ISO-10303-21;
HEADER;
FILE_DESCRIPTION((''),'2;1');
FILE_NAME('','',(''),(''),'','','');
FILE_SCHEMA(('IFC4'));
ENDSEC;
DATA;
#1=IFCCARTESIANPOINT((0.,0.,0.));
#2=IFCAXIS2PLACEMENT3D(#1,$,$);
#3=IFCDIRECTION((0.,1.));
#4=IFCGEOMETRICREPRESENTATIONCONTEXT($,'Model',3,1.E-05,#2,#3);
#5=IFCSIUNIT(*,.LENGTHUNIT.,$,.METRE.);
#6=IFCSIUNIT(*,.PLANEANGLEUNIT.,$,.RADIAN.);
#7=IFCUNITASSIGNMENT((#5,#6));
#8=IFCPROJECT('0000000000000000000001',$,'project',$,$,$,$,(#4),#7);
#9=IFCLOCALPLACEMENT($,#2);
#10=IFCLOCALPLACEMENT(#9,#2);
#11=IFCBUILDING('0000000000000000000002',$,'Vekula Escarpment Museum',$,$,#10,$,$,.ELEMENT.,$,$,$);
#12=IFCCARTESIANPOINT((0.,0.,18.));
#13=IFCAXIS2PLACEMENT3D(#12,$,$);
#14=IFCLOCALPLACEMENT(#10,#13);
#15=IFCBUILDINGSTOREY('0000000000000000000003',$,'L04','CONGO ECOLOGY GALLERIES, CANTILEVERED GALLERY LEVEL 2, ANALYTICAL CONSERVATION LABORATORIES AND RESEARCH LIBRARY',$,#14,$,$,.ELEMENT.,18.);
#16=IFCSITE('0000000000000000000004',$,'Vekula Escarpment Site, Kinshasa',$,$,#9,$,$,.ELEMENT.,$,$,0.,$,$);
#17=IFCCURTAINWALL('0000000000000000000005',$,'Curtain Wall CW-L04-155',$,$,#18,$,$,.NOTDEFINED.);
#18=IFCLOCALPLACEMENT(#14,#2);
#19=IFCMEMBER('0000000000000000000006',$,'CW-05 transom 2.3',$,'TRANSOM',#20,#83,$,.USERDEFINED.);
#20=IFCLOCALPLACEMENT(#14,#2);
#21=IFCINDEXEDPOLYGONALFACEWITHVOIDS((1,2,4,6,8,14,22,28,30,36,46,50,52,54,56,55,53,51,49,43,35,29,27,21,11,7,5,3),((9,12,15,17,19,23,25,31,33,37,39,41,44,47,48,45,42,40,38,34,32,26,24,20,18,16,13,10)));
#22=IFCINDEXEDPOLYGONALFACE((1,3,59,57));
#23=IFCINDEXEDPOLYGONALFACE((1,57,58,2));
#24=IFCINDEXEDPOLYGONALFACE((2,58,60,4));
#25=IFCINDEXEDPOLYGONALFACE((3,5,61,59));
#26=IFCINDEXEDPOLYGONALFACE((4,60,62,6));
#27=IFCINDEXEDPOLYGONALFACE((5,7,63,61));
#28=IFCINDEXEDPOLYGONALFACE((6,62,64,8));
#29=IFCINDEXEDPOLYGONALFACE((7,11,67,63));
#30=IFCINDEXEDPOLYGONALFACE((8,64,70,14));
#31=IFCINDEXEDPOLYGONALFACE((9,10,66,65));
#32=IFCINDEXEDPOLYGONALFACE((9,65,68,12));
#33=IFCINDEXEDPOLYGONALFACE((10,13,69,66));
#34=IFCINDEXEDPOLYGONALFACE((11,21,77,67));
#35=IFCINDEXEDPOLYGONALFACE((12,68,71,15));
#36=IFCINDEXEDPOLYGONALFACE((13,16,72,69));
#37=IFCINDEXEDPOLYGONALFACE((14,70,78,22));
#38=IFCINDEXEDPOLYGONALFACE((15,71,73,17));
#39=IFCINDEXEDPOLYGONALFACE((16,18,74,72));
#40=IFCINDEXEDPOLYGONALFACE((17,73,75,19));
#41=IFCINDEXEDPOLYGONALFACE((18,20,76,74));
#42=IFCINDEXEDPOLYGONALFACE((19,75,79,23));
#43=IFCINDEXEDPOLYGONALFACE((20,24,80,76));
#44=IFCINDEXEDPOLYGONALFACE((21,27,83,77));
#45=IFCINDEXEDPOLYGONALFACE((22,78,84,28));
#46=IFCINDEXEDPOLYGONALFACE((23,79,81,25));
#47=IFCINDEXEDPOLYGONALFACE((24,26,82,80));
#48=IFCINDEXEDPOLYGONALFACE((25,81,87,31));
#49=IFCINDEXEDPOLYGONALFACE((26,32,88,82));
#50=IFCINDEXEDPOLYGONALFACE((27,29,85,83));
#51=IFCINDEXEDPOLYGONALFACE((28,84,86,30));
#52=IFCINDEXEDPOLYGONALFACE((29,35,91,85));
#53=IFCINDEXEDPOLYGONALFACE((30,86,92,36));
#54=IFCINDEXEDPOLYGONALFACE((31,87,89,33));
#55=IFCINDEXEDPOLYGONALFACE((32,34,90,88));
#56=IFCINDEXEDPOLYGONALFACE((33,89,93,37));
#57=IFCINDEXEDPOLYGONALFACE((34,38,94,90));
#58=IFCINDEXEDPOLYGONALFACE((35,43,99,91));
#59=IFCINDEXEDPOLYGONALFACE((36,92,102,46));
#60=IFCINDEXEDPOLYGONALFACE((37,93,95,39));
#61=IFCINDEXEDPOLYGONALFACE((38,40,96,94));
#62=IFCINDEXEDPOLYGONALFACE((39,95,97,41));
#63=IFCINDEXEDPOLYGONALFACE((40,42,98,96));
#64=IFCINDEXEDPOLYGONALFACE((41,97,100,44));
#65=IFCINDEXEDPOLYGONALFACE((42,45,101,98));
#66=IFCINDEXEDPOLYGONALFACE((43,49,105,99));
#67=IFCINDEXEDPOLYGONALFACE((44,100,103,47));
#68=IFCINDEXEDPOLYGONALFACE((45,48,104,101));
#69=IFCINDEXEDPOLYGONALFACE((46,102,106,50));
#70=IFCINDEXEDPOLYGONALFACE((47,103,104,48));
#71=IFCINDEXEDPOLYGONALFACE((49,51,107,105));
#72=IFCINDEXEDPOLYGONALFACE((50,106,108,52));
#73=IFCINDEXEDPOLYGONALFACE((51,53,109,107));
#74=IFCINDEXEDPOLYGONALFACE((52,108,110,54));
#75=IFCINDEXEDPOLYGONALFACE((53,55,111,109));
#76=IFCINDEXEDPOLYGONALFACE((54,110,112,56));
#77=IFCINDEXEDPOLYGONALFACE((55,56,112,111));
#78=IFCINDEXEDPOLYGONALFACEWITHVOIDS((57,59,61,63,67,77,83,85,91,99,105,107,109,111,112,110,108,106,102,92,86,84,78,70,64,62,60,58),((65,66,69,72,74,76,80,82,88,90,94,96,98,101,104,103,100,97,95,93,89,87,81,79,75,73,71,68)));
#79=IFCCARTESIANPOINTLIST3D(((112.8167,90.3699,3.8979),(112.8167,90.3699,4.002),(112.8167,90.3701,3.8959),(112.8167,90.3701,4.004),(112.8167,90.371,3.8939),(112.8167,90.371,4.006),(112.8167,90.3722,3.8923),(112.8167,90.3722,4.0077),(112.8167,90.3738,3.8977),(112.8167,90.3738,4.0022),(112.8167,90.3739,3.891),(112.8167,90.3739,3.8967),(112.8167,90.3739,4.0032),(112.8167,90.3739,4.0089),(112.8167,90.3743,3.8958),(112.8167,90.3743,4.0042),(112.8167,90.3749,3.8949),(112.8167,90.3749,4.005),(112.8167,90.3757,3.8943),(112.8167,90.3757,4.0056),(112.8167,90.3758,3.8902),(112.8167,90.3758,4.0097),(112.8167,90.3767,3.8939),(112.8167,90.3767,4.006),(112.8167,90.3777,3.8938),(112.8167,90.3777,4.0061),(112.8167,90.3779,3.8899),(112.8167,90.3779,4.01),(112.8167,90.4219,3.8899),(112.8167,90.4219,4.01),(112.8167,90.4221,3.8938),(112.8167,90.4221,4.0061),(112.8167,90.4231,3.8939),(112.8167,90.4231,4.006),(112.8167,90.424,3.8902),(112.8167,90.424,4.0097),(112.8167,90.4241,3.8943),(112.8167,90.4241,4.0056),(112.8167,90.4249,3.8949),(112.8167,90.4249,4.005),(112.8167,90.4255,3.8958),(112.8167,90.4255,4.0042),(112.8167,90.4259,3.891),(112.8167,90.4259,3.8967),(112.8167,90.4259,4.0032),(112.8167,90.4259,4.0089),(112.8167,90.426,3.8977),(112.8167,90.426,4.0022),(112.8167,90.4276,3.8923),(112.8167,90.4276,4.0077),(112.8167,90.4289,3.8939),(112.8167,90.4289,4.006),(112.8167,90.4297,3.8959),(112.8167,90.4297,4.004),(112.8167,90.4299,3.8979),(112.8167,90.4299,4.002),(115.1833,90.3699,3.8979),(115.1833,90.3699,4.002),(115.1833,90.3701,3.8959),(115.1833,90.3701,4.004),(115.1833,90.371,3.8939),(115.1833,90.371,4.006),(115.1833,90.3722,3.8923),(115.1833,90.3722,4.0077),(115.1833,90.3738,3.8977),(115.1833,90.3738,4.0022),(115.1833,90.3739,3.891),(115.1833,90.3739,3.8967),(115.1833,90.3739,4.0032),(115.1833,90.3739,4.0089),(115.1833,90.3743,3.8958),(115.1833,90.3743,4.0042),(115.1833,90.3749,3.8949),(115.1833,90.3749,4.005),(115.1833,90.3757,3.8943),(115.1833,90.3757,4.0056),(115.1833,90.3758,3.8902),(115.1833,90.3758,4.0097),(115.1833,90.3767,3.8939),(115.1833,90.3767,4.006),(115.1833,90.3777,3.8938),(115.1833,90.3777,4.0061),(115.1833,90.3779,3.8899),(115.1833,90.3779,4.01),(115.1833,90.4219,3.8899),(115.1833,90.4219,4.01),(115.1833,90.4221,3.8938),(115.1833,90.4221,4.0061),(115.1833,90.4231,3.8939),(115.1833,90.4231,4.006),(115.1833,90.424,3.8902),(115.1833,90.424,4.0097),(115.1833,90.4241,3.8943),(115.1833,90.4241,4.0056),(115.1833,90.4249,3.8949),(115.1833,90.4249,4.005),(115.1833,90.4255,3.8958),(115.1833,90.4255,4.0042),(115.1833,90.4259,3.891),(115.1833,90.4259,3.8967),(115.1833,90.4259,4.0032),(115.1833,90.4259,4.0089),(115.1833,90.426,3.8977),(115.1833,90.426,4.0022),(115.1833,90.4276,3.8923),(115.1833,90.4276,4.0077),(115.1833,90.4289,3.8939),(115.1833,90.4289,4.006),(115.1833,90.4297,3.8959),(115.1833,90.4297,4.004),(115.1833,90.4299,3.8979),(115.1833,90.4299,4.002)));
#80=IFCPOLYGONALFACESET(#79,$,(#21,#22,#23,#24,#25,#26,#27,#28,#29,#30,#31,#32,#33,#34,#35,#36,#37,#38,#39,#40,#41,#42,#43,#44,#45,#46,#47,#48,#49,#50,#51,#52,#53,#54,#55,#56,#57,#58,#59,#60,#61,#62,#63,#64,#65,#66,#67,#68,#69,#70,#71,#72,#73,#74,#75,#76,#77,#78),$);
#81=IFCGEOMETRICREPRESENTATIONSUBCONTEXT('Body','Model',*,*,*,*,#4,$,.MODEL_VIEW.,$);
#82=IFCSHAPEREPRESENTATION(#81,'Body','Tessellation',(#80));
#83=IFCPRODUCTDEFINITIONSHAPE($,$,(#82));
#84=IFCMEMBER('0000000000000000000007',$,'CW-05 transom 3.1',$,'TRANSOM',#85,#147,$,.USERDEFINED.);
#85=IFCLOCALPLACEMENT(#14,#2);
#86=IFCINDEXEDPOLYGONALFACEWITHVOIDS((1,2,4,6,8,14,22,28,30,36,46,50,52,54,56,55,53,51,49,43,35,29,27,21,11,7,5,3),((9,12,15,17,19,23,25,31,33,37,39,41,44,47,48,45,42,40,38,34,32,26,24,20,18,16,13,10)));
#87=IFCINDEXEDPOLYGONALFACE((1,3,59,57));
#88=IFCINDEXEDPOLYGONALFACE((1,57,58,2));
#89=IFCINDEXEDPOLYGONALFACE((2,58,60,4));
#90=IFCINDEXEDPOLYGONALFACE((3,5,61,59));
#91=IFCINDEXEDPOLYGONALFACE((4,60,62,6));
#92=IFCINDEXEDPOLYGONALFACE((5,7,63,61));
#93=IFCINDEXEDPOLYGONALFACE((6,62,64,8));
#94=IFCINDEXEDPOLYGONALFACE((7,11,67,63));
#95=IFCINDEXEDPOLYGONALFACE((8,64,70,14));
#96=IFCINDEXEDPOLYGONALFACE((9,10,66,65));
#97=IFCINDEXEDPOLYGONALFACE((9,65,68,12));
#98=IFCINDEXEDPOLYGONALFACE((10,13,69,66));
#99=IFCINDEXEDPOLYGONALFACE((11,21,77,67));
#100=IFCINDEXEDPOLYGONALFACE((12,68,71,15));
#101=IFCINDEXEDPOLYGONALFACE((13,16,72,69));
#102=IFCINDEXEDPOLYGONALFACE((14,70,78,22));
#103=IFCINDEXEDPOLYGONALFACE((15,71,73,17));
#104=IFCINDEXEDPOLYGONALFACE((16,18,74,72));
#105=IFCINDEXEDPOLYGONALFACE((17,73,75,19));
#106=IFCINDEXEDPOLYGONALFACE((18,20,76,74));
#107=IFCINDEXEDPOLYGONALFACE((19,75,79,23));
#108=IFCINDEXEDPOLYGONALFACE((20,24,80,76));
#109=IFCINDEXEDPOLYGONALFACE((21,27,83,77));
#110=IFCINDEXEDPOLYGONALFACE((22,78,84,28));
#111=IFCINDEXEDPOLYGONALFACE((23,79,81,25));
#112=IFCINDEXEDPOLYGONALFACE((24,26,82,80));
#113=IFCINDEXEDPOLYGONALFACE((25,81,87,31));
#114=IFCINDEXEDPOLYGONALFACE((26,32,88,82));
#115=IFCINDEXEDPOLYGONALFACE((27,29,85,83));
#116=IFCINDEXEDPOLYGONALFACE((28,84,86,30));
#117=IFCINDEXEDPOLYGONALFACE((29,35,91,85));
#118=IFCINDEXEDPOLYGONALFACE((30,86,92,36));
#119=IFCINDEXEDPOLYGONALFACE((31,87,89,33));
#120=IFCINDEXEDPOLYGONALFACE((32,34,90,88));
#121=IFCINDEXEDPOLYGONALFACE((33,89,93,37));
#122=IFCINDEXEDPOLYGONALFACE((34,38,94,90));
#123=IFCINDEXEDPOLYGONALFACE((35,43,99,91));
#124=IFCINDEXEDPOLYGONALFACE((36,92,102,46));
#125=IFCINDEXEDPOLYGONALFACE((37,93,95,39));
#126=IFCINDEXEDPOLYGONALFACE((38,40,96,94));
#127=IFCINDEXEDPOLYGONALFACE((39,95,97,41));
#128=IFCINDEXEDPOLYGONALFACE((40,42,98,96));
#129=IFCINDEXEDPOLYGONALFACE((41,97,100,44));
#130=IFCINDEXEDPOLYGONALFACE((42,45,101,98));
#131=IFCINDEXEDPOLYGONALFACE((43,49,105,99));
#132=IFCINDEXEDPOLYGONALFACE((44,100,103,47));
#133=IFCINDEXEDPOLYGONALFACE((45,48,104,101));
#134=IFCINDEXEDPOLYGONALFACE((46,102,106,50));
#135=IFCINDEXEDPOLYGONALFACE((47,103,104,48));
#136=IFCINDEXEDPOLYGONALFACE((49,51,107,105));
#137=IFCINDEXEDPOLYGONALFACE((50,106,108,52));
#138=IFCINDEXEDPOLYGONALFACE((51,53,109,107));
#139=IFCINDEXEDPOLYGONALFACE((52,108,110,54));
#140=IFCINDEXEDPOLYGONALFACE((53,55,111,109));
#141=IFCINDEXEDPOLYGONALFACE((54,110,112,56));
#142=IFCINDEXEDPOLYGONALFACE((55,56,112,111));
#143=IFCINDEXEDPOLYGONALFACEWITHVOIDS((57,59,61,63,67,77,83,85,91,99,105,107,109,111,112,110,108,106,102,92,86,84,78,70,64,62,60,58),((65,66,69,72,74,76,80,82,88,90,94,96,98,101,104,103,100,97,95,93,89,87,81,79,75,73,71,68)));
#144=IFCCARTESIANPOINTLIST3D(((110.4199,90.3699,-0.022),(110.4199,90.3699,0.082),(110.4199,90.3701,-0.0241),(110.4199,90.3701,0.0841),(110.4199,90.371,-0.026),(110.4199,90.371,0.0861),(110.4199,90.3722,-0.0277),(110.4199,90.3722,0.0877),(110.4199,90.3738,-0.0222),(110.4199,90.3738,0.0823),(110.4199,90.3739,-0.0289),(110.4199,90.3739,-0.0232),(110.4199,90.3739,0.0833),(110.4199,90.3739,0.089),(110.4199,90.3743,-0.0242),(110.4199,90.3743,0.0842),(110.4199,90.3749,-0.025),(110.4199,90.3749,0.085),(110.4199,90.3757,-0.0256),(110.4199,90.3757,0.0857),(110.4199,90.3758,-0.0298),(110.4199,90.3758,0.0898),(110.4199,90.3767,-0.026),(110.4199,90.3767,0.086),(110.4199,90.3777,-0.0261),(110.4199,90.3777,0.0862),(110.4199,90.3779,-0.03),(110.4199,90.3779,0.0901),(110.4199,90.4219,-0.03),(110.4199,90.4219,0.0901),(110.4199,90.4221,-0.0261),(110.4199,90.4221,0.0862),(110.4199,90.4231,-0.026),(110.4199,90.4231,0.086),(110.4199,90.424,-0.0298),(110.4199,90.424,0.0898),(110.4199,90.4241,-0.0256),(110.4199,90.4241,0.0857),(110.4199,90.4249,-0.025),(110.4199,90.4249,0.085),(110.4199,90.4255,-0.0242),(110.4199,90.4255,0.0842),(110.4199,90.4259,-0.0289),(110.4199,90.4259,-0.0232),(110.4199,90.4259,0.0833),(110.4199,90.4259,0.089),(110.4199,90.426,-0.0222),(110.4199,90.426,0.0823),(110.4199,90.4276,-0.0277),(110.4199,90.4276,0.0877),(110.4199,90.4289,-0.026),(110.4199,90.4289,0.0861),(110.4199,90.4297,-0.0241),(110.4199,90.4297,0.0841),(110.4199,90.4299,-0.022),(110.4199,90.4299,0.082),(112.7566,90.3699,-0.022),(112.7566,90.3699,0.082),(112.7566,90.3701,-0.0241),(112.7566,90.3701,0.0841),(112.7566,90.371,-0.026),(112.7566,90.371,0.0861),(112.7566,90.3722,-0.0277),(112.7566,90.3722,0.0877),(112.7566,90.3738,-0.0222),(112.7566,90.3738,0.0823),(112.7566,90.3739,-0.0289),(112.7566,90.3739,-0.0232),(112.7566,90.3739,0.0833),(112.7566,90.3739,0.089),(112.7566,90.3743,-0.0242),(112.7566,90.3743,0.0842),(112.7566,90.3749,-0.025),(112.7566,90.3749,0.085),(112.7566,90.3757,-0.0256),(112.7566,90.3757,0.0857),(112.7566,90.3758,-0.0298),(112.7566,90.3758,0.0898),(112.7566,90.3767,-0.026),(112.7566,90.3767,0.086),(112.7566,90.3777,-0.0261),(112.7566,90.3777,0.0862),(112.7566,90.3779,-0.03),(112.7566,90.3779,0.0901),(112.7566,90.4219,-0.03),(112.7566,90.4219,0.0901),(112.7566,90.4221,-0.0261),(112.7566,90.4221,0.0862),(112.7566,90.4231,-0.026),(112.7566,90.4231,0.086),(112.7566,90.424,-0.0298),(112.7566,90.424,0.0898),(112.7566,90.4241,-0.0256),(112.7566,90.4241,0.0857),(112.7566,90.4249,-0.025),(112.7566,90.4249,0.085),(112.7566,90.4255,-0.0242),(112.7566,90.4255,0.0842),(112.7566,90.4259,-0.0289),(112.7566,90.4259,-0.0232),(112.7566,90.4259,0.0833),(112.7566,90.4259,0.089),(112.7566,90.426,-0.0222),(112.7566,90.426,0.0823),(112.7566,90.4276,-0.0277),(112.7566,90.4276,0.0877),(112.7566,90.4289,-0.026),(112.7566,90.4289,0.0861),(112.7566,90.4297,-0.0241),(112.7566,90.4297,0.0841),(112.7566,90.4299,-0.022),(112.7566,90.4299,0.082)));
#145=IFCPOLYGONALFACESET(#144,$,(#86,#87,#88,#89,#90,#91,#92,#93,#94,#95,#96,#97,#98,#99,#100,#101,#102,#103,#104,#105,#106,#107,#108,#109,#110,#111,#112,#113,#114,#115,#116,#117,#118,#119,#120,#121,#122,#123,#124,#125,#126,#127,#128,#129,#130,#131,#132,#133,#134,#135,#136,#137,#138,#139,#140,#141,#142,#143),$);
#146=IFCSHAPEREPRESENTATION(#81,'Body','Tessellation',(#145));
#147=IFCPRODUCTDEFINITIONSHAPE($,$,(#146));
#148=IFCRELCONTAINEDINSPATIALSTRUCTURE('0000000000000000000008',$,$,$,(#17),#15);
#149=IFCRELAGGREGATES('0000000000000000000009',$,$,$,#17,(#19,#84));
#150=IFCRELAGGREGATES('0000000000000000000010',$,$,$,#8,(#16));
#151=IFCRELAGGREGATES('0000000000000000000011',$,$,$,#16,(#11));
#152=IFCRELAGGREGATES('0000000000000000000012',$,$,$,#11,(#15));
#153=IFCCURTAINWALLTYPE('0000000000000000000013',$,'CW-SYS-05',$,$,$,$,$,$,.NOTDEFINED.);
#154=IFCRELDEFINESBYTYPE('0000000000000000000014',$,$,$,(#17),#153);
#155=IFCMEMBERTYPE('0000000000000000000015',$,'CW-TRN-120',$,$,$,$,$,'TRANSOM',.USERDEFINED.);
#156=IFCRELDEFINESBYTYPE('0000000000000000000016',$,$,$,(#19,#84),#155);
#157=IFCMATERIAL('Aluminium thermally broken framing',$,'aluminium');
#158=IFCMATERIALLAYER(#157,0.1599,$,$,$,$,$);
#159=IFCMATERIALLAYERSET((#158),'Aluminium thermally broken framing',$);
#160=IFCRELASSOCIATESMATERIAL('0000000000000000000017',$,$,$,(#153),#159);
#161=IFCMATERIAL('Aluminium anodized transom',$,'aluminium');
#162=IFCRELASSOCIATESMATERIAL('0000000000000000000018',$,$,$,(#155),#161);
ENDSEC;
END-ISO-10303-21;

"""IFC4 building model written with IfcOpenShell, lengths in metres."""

from ifc_helpers import new_model, si_unit, direction, frame, origin, origin_2d, place, context, subcontext, project, spatial, hollow_rectangle, extrude, material, layer, layer_set, material_profile, profile_set, type_object, element, aggregate, save


model = new_model("IFC4")

# Units and contexts
model_context = context("Model", 3, precision=1e-05, world=origin(), true_north=direction((0.0, 1.0)))
body_context = subcontext(model_context, "Body", "Model", "MODEL_VIEW")
ifc_project = project(units=[si_unit("LENGTHUNIT", "METRE"), si_unit("PLANEANGLEUNIT", "RADIAN")], contexts=[model_context])

# Site, building, storey
site_placement = place(None, origin())
site = spatial("IfcSite", under=ifc_project, at=site_placement, Name="Vekula Escarpment Site, Kinshasa", CompositionType="ELEMENT", RefElevation=0.0)
building_placement = place(site_placement, origin())
building = spatial("IfcBuilding", under=site, at=building_placement, Name="Vekula Escarpment Museum", CompositionType="ELEMENT")
storey_placement = place(building_placement, frame((0.0, 0.0, 18.0)))
storey = spatial("IfcBuildingStorey", under=building, at=storey_placement, Name="L04", Description="CONGO ECOLOGY GALLERIES, CANTILEVERED GALLERY LEVEL 2, ANALYTICAL CONSERVATION LABORATORIES AND RESEARCH LIBRARY", CompositionType="ELEMENT", Elevation=18.0)

# Curtain wall, members
ifc_material_1 = material(Name="Aluminium thermally broken framing", Category="aluminium")
ifc_layer_1 = layer(ifc_material_1, 0.1599)
ifc_layer_set_1 = layer_set([ifc_layer_1], Name="Aluminium thermally broken framing")
curtain_wall_type = type_object("IfcCurtainWallType", Name="CW-SYS-05", PredefinedType="NOTDEFINED", material=ifc_layer_set_1)
curtain_wall_placement = place(storey_placement, origin())
curtain_wall = element("IfcCurtainWall", 1, at=curtain_wall_placement, inside=storey, type_object=curtain_wall_type, Name="Curtain Wall CW-L04-155", PredefinedType="NOTDEFINED")
ifc_material_2 = material(Name="Aluminium anodized transom", Category="aluminium")
ifc_material_profile_1 = material_profile(ifc_material_2, hollow_rectangle(XDim=0.0601, YDim=0.1201, WallThickness=0.0039, InnerFilletRadius=0.0039, OuterFilletRadius=0.0081, at=origin_2d()), Name="ALU 120x60x4")
ifc_profile_set_1 = profile_set([ifc_material_profile_1], Name="Aluminium anodized transom")
member_type_1 = type_object("IfcMemberType", Name="CW-TRN-120", ElementType="TRANSOM", PredefinedType="USERDEFINED", material=ifc_profile_set_1)
member_1_placement = place(storey_placement, frame((115.1833, 90.3999, 3.95), z_axis=(-1.0, 0.0, 0.0), x_axis=(0.0, -1.0, 0.0)))
member_1 = element("IfcMember", 2, at=member_1_placement, type_object=member_type_1, Name="CW-05 transom 2.3", ObjectType="TRANSOM", PredefinedType="USERDEFINED", context=body_context, shape_type="SweptSolid", body=[
    extrude(hollow_rectangle(XDim=0.0601, YDim=0.1201, WallThickness=0.0039, InnerFilletRadius=0.0039, OuterFilletRadius=0.0081, at=origin_2d()), origin(), (0.0, 0.0, 1.0), 2.3667),
])
member_2_placement = place(storey_placement, frame((112.7566, 90.3999, 0.03), z_axis=(-1.0, 0.0, 0.0), x_axis=(0.0, -1.0, 0.0)))
member_2 = element("IfcMember", 3, at=member_2_placement, type_object=member_type_1, Name="CW-05 transom 3.1", ObjectType="TRANSOM", PredefinedType="USERDEFINED", context=body_context, shape_type="SweptSolid", body=[
    extrude(hollow_rectangle(XDim=0.0601, YDim=0.1201, WallThickness=0.0039, InnerFilletRadius=0.0039, OuterFilletRadius=0.0081, at=origin_2d()), origin(), (0.0, 0.0, 1.0), 2.3367),
])
aggregate(curtain_wall, [member_1, member_2])

save(model, "model.ifc")
